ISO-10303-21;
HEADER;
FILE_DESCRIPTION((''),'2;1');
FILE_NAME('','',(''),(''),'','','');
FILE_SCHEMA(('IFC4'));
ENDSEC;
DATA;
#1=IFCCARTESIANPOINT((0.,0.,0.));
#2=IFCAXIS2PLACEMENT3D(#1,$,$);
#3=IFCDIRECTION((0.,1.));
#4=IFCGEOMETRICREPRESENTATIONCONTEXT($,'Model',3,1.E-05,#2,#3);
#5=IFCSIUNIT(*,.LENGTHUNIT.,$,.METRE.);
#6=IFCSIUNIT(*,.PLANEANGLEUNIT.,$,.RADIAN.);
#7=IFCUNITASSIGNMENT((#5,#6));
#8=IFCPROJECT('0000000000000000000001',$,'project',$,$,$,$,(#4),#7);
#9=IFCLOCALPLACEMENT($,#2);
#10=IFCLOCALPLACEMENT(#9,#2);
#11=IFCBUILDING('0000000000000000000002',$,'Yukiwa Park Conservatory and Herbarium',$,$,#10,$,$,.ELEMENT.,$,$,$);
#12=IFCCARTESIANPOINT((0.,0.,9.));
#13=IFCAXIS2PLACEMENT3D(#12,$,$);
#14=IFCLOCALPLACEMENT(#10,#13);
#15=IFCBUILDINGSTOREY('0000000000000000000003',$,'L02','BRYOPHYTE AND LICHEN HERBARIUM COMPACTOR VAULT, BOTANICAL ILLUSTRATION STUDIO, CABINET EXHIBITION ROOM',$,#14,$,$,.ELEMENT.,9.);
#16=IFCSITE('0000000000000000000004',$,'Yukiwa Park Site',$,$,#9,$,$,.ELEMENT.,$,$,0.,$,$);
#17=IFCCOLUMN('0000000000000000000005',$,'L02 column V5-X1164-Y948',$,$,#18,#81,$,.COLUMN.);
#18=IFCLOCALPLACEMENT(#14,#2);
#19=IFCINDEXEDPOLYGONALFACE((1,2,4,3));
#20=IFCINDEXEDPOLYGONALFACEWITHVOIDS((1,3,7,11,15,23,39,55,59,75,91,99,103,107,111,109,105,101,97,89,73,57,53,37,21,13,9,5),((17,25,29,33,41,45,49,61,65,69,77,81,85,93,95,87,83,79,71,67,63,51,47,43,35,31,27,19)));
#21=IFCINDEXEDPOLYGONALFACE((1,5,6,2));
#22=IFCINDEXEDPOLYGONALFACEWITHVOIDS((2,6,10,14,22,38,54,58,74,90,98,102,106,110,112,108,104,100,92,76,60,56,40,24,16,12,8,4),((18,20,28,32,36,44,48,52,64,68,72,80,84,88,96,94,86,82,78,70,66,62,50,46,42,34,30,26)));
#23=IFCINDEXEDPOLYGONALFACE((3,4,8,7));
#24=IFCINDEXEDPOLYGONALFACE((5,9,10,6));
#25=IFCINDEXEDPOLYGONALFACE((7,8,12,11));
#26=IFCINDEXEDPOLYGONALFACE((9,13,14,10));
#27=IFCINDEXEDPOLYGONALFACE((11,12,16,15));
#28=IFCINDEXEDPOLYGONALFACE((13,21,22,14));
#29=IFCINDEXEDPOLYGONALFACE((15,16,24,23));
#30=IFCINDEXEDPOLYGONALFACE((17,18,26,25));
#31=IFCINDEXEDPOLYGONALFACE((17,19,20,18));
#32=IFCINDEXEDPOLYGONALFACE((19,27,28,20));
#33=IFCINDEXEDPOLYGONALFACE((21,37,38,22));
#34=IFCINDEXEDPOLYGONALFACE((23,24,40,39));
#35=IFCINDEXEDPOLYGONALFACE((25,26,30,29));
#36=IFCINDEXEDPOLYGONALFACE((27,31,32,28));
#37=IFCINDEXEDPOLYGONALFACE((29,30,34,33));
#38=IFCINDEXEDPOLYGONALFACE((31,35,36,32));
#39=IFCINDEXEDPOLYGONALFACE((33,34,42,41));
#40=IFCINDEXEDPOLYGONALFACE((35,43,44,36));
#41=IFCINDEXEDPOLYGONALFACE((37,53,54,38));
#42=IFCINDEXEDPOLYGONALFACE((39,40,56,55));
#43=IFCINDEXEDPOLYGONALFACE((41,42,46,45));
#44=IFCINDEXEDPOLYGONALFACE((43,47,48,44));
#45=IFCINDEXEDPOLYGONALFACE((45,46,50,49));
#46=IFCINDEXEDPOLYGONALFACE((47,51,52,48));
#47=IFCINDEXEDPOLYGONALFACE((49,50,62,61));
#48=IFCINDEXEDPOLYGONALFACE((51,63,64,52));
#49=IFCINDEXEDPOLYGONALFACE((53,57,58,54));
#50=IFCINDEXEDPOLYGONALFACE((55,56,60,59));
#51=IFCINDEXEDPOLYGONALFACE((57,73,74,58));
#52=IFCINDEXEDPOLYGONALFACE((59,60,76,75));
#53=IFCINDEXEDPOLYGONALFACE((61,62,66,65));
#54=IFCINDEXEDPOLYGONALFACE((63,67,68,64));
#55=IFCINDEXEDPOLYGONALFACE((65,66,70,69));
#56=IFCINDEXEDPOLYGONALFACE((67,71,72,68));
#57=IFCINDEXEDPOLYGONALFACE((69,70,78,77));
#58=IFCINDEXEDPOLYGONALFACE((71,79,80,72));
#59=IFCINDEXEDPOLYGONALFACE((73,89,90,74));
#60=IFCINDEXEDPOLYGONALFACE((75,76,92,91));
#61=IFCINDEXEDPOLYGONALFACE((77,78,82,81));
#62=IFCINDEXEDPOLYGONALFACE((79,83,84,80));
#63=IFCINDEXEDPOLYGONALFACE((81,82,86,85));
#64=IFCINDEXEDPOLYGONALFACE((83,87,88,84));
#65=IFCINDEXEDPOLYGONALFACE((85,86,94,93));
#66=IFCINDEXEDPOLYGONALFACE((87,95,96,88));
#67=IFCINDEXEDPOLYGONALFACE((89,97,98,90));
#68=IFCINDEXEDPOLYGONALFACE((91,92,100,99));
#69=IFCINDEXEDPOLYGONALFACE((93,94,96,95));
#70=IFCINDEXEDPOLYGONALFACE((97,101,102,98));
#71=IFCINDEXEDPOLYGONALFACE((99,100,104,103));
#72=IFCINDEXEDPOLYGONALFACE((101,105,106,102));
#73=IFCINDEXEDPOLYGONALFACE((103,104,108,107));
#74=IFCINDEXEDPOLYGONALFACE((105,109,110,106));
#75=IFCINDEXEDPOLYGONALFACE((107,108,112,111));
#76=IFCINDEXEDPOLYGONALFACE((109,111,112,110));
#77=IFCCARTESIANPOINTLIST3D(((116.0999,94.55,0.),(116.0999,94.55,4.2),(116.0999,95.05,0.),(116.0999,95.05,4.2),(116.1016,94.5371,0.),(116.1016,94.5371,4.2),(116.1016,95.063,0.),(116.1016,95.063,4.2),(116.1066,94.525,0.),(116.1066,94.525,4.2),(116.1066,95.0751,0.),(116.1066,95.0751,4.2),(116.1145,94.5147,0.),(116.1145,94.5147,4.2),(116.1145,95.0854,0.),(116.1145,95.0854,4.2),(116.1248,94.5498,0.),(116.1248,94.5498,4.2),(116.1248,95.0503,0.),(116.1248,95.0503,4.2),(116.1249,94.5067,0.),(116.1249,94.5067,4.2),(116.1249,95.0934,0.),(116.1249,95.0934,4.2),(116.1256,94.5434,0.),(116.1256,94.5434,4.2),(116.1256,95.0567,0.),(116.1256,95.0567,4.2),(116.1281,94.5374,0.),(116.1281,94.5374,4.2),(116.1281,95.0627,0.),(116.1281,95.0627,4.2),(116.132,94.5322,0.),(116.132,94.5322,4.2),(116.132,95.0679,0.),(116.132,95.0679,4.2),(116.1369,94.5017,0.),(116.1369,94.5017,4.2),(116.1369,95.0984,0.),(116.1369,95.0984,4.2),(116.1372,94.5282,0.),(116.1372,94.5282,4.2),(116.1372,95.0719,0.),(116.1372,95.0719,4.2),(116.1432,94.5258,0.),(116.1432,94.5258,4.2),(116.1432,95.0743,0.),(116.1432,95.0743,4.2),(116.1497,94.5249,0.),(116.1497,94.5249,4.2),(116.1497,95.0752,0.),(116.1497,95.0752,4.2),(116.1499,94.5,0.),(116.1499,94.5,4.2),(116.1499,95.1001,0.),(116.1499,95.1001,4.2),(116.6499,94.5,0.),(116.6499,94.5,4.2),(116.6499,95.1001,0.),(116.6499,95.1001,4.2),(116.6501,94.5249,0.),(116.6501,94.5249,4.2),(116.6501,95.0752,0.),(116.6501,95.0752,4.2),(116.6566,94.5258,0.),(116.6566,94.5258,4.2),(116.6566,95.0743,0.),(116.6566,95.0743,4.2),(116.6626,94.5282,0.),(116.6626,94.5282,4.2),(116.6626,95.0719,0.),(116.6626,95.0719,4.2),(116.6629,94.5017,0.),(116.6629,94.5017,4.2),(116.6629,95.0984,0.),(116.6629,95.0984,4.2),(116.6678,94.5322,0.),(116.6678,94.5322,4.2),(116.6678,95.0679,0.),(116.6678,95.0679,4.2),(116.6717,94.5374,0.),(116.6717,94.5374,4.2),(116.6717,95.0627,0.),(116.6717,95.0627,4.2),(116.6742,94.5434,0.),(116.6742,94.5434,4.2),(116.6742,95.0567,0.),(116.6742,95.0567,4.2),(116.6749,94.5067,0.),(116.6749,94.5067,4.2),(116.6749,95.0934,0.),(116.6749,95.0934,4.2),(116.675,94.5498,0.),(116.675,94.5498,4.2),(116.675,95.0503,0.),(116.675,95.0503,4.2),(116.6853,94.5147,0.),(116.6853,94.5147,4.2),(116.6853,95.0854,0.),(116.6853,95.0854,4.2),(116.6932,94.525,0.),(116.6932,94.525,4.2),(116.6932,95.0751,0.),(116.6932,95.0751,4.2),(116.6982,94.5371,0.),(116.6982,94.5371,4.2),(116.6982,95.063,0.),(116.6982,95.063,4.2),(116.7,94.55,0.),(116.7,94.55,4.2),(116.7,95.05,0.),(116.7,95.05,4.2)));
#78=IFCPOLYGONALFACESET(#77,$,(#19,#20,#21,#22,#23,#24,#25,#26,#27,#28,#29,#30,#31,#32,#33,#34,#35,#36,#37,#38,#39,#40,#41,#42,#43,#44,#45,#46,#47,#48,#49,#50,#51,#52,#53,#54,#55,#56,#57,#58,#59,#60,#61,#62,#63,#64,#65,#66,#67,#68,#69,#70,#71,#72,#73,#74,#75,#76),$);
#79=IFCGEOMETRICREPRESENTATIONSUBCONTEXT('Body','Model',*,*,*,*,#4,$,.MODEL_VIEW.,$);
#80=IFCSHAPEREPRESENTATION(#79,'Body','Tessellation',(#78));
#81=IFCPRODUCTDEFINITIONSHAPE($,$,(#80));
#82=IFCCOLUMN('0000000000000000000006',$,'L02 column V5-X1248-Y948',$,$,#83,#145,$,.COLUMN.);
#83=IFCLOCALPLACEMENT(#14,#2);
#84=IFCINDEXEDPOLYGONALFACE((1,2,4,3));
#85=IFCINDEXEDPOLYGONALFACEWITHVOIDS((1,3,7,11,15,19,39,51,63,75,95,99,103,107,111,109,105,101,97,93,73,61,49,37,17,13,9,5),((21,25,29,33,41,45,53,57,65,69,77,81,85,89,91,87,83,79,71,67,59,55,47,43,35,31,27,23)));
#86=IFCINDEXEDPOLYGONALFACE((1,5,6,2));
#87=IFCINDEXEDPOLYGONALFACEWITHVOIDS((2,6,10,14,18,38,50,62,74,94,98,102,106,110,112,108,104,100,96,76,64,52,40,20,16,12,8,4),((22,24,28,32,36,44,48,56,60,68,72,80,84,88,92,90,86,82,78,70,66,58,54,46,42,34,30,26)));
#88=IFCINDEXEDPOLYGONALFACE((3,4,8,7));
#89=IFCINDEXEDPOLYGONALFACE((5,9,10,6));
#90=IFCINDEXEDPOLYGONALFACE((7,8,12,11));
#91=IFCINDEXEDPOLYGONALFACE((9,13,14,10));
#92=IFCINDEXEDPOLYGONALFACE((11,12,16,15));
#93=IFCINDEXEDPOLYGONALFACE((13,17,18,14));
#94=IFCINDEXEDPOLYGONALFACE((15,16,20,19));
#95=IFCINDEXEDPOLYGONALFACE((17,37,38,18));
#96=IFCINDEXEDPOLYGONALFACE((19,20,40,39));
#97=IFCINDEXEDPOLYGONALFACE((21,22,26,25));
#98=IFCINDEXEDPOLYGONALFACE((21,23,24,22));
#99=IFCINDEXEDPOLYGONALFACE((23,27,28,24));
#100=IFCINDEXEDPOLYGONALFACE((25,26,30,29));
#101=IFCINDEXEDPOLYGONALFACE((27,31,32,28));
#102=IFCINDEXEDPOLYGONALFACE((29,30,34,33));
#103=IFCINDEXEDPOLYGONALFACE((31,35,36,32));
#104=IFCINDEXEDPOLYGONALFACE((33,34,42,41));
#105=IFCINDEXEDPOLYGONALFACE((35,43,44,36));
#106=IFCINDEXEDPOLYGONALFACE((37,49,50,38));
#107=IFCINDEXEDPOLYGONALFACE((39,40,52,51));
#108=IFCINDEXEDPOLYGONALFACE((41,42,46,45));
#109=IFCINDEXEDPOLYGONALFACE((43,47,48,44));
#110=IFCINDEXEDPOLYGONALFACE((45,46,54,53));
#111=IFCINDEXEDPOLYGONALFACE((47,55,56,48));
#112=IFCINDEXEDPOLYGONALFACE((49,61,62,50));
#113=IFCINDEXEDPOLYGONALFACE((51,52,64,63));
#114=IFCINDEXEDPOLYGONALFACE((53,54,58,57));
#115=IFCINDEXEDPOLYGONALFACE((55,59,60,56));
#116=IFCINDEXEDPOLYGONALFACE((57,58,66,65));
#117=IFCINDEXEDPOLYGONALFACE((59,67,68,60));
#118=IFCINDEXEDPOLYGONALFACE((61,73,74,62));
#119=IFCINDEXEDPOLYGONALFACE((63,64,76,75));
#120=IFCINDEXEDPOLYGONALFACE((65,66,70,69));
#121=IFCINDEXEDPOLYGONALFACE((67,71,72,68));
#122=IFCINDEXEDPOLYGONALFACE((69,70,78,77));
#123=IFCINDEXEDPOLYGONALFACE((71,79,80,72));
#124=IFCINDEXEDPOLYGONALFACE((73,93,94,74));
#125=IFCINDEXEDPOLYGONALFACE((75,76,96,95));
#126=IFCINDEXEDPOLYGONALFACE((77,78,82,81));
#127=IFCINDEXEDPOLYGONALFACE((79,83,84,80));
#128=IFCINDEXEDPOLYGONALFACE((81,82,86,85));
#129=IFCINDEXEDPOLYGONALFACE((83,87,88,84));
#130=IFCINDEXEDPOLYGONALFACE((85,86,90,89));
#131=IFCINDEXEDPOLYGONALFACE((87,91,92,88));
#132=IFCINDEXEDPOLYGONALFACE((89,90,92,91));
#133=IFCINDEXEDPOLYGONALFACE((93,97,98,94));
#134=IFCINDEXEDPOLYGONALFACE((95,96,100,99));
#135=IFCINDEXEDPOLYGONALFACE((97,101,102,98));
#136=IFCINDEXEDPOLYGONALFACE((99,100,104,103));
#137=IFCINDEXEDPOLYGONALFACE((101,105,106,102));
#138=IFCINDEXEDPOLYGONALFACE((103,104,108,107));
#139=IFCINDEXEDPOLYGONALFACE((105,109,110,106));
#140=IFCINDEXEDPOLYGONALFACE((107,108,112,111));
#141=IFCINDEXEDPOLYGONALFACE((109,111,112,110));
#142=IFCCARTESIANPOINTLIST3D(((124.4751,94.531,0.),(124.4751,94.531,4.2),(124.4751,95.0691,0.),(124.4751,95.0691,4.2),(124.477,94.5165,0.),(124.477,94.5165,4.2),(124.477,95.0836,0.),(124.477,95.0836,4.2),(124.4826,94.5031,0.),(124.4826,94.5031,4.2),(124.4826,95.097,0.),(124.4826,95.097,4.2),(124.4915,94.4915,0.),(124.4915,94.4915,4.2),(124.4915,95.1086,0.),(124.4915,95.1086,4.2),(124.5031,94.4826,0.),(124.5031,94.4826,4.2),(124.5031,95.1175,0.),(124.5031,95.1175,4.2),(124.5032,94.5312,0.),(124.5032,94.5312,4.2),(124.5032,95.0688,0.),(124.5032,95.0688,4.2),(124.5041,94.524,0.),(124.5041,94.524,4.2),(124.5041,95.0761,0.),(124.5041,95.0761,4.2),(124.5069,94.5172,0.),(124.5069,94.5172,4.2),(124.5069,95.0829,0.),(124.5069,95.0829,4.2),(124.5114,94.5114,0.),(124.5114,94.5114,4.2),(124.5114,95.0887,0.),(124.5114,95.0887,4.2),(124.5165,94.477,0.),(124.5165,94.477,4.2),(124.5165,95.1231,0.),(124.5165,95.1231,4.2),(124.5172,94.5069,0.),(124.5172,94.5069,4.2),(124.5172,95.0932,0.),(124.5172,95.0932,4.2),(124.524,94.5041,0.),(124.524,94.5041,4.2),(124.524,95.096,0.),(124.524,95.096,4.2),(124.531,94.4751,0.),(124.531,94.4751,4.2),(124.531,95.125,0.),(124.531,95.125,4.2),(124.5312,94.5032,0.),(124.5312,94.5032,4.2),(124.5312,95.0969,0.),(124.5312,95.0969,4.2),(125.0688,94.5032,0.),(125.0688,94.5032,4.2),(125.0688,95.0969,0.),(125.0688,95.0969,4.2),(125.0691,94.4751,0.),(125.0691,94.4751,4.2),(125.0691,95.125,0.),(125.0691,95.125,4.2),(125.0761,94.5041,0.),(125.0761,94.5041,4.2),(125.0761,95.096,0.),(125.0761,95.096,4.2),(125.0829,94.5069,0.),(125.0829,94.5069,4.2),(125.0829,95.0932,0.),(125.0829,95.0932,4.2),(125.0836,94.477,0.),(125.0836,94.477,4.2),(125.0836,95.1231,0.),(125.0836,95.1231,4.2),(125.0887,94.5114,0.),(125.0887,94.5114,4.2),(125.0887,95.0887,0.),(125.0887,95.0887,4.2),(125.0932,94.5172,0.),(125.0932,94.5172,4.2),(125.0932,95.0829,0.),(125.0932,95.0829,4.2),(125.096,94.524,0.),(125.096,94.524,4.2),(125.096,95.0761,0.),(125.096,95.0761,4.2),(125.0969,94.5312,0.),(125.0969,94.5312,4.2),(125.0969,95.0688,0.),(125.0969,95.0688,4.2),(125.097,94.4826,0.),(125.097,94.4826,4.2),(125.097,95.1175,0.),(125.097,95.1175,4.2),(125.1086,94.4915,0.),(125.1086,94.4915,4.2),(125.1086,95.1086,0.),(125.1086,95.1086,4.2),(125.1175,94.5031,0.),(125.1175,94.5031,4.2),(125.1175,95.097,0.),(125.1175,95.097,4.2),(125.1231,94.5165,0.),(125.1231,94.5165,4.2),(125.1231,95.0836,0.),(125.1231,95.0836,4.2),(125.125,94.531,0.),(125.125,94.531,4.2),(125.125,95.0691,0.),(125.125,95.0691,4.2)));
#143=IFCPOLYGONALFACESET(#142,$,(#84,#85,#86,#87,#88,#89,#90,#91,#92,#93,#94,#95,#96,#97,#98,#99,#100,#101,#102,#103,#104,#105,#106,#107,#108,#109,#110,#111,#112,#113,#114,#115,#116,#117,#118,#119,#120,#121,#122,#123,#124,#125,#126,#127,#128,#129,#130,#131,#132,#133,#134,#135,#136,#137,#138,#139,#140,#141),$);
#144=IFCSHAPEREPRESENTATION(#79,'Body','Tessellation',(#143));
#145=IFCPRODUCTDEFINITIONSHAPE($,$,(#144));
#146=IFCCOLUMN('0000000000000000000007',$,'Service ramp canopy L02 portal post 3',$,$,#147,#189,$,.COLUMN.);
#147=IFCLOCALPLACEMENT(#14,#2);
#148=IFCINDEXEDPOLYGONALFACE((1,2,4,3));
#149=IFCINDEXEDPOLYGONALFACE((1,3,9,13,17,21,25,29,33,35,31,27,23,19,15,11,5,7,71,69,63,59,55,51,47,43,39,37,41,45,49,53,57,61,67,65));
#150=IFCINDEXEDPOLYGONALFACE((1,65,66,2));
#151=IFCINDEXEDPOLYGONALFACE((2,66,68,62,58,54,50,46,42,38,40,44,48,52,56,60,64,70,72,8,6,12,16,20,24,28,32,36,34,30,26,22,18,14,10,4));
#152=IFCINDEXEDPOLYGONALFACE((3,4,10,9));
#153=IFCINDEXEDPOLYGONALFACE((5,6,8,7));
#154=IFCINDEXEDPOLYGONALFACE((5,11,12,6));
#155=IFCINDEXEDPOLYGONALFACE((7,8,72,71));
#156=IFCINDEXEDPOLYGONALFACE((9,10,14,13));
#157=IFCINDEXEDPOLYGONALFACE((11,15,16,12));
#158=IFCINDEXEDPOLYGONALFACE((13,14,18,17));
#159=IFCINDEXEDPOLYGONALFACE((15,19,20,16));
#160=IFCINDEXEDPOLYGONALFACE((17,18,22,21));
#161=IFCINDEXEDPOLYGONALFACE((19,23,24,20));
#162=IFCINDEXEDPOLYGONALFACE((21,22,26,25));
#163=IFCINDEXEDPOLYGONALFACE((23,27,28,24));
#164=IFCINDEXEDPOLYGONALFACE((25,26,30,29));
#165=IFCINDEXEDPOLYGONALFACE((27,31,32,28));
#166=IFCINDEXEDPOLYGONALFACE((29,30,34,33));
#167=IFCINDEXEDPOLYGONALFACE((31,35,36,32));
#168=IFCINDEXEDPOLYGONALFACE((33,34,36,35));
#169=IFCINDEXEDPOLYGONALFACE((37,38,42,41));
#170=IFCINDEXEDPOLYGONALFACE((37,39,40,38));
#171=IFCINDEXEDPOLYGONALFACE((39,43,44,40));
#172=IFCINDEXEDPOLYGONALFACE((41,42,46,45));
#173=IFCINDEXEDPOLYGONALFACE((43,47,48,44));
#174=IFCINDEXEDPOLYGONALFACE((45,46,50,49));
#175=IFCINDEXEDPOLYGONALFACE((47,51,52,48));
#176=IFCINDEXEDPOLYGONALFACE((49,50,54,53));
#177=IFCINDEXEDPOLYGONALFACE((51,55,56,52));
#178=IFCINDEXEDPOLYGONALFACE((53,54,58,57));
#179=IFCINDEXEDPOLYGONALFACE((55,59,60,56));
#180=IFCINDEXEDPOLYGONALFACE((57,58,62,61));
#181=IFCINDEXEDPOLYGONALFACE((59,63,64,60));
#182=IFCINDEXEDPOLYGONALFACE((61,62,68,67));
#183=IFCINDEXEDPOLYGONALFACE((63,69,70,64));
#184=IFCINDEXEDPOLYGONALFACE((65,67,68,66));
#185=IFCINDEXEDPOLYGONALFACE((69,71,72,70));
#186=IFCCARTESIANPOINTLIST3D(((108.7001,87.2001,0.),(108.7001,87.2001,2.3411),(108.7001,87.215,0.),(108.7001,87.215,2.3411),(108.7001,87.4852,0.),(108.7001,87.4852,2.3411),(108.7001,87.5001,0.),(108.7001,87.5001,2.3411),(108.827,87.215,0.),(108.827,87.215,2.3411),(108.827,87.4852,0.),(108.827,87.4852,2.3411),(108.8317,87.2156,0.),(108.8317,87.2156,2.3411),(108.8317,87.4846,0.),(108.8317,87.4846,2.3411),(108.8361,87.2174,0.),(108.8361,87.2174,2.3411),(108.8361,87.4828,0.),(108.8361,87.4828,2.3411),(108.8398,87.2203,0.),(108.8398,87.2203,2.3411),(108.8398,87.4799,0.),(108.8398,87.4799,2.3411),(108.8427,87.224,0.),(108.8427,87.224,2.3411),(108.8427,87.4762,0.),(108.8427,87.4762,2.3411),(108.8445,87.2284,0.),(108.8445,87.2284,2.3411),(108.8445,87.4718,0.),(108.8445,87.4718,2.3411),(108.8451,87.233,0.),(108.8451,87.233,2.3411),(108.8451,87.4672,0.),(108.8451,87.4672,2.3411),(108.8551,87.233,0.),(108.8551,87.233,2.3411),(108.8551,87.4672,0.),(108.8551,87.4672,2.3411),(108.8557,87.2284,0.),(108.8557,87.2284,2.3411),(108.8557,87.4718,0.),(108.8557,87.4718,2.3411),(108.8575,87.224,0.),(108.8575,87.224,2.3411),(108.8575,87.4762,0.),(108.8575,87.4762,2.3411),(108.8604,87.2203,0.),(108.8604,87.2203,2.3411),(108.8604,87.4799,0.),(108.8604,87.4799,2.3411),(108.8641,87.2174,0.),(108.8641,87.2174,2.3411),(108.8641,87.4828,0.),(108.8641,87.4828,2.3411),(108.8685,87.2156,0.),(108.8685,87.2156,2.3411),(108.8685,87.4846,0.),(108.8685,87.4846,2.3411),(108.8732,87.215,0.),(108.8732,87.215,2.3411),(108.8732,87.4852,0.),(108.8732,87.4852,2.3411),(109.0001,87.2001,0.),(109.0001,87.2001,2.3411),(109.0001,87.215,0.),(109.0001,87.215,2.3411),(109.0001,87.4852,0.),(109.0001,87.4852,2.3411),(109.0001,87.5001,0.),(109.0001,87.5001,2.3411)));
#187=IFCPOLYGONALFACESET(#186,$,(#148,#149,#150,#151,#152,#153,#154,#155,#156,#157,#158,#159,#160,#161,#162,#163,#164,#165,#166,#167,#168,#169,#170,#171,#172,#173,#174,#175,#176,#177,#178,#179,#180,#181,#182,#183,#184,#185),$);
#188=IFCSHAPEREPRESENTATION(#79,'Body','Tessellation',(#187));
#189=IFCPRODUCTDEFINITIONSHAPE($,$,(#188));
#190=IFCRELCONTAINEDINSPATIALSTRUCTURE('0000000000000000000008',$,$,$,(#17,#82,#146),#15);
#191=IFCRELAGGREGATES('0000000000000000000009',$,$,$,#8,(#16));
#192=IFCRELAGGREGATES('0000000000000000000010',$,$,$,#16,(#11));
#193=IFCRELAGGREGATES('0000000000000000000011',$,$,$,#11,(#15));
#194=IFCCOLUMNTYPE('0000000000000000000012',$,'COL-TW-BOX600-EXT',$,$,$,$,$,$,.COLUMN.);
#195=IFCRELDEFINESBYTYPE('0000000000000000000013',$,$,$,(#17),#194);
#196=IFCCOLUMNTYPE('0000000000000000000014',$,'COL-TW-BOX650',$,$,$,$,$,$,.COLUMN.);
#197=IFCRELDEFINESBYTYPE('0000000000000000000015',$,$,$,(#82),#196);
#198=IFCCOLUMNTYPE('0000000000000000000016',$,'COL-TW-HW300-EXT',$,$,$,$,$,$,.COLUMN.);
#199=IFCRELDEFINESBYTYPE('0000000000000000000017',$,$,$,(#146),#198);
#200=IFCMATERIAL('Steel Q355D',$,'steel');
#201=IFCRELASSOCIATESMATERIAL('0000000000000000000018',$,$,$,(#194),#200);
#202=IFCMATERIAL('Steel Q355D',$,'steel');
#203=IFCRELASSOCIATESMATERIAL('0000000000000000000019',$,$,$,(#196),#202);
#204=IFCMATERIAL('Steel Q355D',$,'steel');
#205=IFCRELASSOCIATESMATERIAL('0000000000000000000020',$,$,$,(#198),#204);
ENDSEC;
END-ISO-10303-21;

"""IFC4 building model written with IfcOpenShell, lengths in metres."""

from ifc_helpers import new_model, si_unit, direction, frame, origin, origin_2d, place, context, subcontext, project, spatial, hollow_rectangle, i_section, extrude, material, material_profile, profile_set, type_object, element, save


model = new_model("IFC4")

# Units and contexts
model_context = context("Model", 3, precision=1e-05, world=origin(), true_north=direction((0.0, 1.0)))
body_context = subcontext(model_context, "Body", "Model", "MODEL_VIEW")
ifc_project = project(units=[si_unit("LENGTHUNIT", "METRE"), si_unit("PLANEANGLEUNIT", "RADIAN")], contexts=[model_context])

# Site, building, storey
site_placement = place(None, origin())
site = spatial("IfcSite", under=ifc_project, at=site_placement, Name="Yukiwa Park Site", CompositionType="ELEMENT", RefElevation=0.0)
building_placement = place(site_placement, origin())
building = spatial("IfcBuilding", under=site, at=building_placement, Name="Yukiwa Park Conservatory and Herbarium", CompositionType="ELEMENT")
storey_placement = place(building_placement, frame((0.0, 0.0, 9.0)))
storey = spatial("IfcBuildingStorey", under=building, at=storey_placement, Name="L02", Description="BRYOPHYTE AND LICHEN HERBARIUM COMPACTOR VAULT, BOTANICAL ILLUSTRATION STUDIO, CABINET EXHIBITION ROOM", CompositionType="ELEMENT", Elevation=9.0)

# Columns
ifc_material_1 = material(Name="Steel Q355D", Category="steel")
ifc_material_profile_1 = material_profile(ifc_material_1, hollow_rectangle(XDim=0.6001, YDim=0.6001, WallThickness=0.0249, InnerFilletRadius=0.0249, OuterFilletRadius=0.05, at=origin_2d()), Name="BOX 600x600x25")
ifc_profile_set_1 = profile_set([ifc_material_profile_1], Name="Steel Q355D")
column_type_1 = type_object("IfcColumnType", Name="COL-TW-BOX600-EXT", PredefinedType="COLUMN", material=ifc_profile_set_1)
column_1_placement = place(storey_placement, frame((116.3999, 94.8, 0.0), z_axis=(0.0, 0.0, 1.0), x_axis=(1.0, 0.0, 0.0)))
element("IfcColumn", 1, at=column_1_placement, inside=storey, type_object=column_type_1, Name="L02 column V5-X1164-Y948", PredefinedType="COLUMN", context=body_context, shape_type="SweptSolid", body=[
    extrude(hollow_rectangle(XDim=0.6001, YDim=0.6001, WallThickness=0.0249, InnerFilletRadius=0.0249, OuterFilletRadius=0.05, at=origin_2d()), origin(), (0.0, 0.0, 1.0), 4.2),
])
ifc_material_2 = material(Name="Steel Q355D", Category="steel")
ifc_material_profile_2 = material_profile(ifc_material_2, hollow_rectangle(XDim=0.6499, YDim=0.6499, WallThickness=0.0281, InnerFilletRadius=0.0281, OuterFilletRadius=0.0559, at=origin_2d()), Name="BOX 650x650x28")
ifc_profile_set_2 = profile_set([ifc_material_profile_2], Name="Steel Q355D")
column_type_2 = type_object("IfcColumnType", Name="COL-TW-BOX650", PredefinedType="COLUMN", material=ifc_profile_set_2)
column_2_placement = place(storey_placement, frame((124.8, 94.8, 0.0), z_axis=(0.0, 0.0, 1.0), x_axis=(1.0, 0.0, 0.0)))
element("IfcColumn", 2, at=column_2_placement, inside=storey, type_object=column_type_2, Name="L02 column V5-X1248-Y948", PredefinedType="COLUMN", context=body_context, shape_type="SweptSolid", body=[
    extrude(hollow_rectangle(XDim=0.6499, YDim=0.6499, WallThickness=0.0281, InnerFilletRadius=0.0281, OuterFilletRadius=0.0559, at=origin_2d()), origin(), (0.0, 0.0, 1.0), 4.2),
])
ifc_material_3 = material(Name="Steel Q355D", Category="steel")
ifc_material_profile_3 = material_profile(ifc_material_3, i_section(OverallWidth=0.3, OverallDepth=0.3, WebThickness=0.01, FlangeThickness=0.0149, FilletRadius=0.0181, at=origin_2d()), Name="HW 300x300x10x15")
ifc_profile_set_3 = profile_set([ifc_material_profile_3], Name="Steel Q355D")
column_type_3 = type_object("IfcColumnType", Name="COL-TW-HW300-EXT", PredefinedType="COLUMN", material=ifc_profile_set_3)
for number, where, z_axis, x_axis, name in (
    (3, (108.8501, 87.3501, 0.0), (0.0, 0.0, 1.0), (1.0, 0.0, 0.0), "Service ramp canopy L02 portal post 3"),
):
    element("IfcColumn", number, at=place(storey_placement, frame(where, z_axis=z_axis, x_axis=x_axis)), inside=storey, type_object=column_type_3, Name=name, PredefinedType="COLUMN", context=body_context, shape_type="SweptSolid", body=[
        extrude(i_section(OverallWidth=0.3, OverallDepth=0.3, WebThickness=0.01, FlangeThickness=0.0149, FilletRadius=0.0181, at=origin_2d()), origin(), (0.0, 0.0, 1.0), 2.3411),
    ])

save(model, "model.ifc")
